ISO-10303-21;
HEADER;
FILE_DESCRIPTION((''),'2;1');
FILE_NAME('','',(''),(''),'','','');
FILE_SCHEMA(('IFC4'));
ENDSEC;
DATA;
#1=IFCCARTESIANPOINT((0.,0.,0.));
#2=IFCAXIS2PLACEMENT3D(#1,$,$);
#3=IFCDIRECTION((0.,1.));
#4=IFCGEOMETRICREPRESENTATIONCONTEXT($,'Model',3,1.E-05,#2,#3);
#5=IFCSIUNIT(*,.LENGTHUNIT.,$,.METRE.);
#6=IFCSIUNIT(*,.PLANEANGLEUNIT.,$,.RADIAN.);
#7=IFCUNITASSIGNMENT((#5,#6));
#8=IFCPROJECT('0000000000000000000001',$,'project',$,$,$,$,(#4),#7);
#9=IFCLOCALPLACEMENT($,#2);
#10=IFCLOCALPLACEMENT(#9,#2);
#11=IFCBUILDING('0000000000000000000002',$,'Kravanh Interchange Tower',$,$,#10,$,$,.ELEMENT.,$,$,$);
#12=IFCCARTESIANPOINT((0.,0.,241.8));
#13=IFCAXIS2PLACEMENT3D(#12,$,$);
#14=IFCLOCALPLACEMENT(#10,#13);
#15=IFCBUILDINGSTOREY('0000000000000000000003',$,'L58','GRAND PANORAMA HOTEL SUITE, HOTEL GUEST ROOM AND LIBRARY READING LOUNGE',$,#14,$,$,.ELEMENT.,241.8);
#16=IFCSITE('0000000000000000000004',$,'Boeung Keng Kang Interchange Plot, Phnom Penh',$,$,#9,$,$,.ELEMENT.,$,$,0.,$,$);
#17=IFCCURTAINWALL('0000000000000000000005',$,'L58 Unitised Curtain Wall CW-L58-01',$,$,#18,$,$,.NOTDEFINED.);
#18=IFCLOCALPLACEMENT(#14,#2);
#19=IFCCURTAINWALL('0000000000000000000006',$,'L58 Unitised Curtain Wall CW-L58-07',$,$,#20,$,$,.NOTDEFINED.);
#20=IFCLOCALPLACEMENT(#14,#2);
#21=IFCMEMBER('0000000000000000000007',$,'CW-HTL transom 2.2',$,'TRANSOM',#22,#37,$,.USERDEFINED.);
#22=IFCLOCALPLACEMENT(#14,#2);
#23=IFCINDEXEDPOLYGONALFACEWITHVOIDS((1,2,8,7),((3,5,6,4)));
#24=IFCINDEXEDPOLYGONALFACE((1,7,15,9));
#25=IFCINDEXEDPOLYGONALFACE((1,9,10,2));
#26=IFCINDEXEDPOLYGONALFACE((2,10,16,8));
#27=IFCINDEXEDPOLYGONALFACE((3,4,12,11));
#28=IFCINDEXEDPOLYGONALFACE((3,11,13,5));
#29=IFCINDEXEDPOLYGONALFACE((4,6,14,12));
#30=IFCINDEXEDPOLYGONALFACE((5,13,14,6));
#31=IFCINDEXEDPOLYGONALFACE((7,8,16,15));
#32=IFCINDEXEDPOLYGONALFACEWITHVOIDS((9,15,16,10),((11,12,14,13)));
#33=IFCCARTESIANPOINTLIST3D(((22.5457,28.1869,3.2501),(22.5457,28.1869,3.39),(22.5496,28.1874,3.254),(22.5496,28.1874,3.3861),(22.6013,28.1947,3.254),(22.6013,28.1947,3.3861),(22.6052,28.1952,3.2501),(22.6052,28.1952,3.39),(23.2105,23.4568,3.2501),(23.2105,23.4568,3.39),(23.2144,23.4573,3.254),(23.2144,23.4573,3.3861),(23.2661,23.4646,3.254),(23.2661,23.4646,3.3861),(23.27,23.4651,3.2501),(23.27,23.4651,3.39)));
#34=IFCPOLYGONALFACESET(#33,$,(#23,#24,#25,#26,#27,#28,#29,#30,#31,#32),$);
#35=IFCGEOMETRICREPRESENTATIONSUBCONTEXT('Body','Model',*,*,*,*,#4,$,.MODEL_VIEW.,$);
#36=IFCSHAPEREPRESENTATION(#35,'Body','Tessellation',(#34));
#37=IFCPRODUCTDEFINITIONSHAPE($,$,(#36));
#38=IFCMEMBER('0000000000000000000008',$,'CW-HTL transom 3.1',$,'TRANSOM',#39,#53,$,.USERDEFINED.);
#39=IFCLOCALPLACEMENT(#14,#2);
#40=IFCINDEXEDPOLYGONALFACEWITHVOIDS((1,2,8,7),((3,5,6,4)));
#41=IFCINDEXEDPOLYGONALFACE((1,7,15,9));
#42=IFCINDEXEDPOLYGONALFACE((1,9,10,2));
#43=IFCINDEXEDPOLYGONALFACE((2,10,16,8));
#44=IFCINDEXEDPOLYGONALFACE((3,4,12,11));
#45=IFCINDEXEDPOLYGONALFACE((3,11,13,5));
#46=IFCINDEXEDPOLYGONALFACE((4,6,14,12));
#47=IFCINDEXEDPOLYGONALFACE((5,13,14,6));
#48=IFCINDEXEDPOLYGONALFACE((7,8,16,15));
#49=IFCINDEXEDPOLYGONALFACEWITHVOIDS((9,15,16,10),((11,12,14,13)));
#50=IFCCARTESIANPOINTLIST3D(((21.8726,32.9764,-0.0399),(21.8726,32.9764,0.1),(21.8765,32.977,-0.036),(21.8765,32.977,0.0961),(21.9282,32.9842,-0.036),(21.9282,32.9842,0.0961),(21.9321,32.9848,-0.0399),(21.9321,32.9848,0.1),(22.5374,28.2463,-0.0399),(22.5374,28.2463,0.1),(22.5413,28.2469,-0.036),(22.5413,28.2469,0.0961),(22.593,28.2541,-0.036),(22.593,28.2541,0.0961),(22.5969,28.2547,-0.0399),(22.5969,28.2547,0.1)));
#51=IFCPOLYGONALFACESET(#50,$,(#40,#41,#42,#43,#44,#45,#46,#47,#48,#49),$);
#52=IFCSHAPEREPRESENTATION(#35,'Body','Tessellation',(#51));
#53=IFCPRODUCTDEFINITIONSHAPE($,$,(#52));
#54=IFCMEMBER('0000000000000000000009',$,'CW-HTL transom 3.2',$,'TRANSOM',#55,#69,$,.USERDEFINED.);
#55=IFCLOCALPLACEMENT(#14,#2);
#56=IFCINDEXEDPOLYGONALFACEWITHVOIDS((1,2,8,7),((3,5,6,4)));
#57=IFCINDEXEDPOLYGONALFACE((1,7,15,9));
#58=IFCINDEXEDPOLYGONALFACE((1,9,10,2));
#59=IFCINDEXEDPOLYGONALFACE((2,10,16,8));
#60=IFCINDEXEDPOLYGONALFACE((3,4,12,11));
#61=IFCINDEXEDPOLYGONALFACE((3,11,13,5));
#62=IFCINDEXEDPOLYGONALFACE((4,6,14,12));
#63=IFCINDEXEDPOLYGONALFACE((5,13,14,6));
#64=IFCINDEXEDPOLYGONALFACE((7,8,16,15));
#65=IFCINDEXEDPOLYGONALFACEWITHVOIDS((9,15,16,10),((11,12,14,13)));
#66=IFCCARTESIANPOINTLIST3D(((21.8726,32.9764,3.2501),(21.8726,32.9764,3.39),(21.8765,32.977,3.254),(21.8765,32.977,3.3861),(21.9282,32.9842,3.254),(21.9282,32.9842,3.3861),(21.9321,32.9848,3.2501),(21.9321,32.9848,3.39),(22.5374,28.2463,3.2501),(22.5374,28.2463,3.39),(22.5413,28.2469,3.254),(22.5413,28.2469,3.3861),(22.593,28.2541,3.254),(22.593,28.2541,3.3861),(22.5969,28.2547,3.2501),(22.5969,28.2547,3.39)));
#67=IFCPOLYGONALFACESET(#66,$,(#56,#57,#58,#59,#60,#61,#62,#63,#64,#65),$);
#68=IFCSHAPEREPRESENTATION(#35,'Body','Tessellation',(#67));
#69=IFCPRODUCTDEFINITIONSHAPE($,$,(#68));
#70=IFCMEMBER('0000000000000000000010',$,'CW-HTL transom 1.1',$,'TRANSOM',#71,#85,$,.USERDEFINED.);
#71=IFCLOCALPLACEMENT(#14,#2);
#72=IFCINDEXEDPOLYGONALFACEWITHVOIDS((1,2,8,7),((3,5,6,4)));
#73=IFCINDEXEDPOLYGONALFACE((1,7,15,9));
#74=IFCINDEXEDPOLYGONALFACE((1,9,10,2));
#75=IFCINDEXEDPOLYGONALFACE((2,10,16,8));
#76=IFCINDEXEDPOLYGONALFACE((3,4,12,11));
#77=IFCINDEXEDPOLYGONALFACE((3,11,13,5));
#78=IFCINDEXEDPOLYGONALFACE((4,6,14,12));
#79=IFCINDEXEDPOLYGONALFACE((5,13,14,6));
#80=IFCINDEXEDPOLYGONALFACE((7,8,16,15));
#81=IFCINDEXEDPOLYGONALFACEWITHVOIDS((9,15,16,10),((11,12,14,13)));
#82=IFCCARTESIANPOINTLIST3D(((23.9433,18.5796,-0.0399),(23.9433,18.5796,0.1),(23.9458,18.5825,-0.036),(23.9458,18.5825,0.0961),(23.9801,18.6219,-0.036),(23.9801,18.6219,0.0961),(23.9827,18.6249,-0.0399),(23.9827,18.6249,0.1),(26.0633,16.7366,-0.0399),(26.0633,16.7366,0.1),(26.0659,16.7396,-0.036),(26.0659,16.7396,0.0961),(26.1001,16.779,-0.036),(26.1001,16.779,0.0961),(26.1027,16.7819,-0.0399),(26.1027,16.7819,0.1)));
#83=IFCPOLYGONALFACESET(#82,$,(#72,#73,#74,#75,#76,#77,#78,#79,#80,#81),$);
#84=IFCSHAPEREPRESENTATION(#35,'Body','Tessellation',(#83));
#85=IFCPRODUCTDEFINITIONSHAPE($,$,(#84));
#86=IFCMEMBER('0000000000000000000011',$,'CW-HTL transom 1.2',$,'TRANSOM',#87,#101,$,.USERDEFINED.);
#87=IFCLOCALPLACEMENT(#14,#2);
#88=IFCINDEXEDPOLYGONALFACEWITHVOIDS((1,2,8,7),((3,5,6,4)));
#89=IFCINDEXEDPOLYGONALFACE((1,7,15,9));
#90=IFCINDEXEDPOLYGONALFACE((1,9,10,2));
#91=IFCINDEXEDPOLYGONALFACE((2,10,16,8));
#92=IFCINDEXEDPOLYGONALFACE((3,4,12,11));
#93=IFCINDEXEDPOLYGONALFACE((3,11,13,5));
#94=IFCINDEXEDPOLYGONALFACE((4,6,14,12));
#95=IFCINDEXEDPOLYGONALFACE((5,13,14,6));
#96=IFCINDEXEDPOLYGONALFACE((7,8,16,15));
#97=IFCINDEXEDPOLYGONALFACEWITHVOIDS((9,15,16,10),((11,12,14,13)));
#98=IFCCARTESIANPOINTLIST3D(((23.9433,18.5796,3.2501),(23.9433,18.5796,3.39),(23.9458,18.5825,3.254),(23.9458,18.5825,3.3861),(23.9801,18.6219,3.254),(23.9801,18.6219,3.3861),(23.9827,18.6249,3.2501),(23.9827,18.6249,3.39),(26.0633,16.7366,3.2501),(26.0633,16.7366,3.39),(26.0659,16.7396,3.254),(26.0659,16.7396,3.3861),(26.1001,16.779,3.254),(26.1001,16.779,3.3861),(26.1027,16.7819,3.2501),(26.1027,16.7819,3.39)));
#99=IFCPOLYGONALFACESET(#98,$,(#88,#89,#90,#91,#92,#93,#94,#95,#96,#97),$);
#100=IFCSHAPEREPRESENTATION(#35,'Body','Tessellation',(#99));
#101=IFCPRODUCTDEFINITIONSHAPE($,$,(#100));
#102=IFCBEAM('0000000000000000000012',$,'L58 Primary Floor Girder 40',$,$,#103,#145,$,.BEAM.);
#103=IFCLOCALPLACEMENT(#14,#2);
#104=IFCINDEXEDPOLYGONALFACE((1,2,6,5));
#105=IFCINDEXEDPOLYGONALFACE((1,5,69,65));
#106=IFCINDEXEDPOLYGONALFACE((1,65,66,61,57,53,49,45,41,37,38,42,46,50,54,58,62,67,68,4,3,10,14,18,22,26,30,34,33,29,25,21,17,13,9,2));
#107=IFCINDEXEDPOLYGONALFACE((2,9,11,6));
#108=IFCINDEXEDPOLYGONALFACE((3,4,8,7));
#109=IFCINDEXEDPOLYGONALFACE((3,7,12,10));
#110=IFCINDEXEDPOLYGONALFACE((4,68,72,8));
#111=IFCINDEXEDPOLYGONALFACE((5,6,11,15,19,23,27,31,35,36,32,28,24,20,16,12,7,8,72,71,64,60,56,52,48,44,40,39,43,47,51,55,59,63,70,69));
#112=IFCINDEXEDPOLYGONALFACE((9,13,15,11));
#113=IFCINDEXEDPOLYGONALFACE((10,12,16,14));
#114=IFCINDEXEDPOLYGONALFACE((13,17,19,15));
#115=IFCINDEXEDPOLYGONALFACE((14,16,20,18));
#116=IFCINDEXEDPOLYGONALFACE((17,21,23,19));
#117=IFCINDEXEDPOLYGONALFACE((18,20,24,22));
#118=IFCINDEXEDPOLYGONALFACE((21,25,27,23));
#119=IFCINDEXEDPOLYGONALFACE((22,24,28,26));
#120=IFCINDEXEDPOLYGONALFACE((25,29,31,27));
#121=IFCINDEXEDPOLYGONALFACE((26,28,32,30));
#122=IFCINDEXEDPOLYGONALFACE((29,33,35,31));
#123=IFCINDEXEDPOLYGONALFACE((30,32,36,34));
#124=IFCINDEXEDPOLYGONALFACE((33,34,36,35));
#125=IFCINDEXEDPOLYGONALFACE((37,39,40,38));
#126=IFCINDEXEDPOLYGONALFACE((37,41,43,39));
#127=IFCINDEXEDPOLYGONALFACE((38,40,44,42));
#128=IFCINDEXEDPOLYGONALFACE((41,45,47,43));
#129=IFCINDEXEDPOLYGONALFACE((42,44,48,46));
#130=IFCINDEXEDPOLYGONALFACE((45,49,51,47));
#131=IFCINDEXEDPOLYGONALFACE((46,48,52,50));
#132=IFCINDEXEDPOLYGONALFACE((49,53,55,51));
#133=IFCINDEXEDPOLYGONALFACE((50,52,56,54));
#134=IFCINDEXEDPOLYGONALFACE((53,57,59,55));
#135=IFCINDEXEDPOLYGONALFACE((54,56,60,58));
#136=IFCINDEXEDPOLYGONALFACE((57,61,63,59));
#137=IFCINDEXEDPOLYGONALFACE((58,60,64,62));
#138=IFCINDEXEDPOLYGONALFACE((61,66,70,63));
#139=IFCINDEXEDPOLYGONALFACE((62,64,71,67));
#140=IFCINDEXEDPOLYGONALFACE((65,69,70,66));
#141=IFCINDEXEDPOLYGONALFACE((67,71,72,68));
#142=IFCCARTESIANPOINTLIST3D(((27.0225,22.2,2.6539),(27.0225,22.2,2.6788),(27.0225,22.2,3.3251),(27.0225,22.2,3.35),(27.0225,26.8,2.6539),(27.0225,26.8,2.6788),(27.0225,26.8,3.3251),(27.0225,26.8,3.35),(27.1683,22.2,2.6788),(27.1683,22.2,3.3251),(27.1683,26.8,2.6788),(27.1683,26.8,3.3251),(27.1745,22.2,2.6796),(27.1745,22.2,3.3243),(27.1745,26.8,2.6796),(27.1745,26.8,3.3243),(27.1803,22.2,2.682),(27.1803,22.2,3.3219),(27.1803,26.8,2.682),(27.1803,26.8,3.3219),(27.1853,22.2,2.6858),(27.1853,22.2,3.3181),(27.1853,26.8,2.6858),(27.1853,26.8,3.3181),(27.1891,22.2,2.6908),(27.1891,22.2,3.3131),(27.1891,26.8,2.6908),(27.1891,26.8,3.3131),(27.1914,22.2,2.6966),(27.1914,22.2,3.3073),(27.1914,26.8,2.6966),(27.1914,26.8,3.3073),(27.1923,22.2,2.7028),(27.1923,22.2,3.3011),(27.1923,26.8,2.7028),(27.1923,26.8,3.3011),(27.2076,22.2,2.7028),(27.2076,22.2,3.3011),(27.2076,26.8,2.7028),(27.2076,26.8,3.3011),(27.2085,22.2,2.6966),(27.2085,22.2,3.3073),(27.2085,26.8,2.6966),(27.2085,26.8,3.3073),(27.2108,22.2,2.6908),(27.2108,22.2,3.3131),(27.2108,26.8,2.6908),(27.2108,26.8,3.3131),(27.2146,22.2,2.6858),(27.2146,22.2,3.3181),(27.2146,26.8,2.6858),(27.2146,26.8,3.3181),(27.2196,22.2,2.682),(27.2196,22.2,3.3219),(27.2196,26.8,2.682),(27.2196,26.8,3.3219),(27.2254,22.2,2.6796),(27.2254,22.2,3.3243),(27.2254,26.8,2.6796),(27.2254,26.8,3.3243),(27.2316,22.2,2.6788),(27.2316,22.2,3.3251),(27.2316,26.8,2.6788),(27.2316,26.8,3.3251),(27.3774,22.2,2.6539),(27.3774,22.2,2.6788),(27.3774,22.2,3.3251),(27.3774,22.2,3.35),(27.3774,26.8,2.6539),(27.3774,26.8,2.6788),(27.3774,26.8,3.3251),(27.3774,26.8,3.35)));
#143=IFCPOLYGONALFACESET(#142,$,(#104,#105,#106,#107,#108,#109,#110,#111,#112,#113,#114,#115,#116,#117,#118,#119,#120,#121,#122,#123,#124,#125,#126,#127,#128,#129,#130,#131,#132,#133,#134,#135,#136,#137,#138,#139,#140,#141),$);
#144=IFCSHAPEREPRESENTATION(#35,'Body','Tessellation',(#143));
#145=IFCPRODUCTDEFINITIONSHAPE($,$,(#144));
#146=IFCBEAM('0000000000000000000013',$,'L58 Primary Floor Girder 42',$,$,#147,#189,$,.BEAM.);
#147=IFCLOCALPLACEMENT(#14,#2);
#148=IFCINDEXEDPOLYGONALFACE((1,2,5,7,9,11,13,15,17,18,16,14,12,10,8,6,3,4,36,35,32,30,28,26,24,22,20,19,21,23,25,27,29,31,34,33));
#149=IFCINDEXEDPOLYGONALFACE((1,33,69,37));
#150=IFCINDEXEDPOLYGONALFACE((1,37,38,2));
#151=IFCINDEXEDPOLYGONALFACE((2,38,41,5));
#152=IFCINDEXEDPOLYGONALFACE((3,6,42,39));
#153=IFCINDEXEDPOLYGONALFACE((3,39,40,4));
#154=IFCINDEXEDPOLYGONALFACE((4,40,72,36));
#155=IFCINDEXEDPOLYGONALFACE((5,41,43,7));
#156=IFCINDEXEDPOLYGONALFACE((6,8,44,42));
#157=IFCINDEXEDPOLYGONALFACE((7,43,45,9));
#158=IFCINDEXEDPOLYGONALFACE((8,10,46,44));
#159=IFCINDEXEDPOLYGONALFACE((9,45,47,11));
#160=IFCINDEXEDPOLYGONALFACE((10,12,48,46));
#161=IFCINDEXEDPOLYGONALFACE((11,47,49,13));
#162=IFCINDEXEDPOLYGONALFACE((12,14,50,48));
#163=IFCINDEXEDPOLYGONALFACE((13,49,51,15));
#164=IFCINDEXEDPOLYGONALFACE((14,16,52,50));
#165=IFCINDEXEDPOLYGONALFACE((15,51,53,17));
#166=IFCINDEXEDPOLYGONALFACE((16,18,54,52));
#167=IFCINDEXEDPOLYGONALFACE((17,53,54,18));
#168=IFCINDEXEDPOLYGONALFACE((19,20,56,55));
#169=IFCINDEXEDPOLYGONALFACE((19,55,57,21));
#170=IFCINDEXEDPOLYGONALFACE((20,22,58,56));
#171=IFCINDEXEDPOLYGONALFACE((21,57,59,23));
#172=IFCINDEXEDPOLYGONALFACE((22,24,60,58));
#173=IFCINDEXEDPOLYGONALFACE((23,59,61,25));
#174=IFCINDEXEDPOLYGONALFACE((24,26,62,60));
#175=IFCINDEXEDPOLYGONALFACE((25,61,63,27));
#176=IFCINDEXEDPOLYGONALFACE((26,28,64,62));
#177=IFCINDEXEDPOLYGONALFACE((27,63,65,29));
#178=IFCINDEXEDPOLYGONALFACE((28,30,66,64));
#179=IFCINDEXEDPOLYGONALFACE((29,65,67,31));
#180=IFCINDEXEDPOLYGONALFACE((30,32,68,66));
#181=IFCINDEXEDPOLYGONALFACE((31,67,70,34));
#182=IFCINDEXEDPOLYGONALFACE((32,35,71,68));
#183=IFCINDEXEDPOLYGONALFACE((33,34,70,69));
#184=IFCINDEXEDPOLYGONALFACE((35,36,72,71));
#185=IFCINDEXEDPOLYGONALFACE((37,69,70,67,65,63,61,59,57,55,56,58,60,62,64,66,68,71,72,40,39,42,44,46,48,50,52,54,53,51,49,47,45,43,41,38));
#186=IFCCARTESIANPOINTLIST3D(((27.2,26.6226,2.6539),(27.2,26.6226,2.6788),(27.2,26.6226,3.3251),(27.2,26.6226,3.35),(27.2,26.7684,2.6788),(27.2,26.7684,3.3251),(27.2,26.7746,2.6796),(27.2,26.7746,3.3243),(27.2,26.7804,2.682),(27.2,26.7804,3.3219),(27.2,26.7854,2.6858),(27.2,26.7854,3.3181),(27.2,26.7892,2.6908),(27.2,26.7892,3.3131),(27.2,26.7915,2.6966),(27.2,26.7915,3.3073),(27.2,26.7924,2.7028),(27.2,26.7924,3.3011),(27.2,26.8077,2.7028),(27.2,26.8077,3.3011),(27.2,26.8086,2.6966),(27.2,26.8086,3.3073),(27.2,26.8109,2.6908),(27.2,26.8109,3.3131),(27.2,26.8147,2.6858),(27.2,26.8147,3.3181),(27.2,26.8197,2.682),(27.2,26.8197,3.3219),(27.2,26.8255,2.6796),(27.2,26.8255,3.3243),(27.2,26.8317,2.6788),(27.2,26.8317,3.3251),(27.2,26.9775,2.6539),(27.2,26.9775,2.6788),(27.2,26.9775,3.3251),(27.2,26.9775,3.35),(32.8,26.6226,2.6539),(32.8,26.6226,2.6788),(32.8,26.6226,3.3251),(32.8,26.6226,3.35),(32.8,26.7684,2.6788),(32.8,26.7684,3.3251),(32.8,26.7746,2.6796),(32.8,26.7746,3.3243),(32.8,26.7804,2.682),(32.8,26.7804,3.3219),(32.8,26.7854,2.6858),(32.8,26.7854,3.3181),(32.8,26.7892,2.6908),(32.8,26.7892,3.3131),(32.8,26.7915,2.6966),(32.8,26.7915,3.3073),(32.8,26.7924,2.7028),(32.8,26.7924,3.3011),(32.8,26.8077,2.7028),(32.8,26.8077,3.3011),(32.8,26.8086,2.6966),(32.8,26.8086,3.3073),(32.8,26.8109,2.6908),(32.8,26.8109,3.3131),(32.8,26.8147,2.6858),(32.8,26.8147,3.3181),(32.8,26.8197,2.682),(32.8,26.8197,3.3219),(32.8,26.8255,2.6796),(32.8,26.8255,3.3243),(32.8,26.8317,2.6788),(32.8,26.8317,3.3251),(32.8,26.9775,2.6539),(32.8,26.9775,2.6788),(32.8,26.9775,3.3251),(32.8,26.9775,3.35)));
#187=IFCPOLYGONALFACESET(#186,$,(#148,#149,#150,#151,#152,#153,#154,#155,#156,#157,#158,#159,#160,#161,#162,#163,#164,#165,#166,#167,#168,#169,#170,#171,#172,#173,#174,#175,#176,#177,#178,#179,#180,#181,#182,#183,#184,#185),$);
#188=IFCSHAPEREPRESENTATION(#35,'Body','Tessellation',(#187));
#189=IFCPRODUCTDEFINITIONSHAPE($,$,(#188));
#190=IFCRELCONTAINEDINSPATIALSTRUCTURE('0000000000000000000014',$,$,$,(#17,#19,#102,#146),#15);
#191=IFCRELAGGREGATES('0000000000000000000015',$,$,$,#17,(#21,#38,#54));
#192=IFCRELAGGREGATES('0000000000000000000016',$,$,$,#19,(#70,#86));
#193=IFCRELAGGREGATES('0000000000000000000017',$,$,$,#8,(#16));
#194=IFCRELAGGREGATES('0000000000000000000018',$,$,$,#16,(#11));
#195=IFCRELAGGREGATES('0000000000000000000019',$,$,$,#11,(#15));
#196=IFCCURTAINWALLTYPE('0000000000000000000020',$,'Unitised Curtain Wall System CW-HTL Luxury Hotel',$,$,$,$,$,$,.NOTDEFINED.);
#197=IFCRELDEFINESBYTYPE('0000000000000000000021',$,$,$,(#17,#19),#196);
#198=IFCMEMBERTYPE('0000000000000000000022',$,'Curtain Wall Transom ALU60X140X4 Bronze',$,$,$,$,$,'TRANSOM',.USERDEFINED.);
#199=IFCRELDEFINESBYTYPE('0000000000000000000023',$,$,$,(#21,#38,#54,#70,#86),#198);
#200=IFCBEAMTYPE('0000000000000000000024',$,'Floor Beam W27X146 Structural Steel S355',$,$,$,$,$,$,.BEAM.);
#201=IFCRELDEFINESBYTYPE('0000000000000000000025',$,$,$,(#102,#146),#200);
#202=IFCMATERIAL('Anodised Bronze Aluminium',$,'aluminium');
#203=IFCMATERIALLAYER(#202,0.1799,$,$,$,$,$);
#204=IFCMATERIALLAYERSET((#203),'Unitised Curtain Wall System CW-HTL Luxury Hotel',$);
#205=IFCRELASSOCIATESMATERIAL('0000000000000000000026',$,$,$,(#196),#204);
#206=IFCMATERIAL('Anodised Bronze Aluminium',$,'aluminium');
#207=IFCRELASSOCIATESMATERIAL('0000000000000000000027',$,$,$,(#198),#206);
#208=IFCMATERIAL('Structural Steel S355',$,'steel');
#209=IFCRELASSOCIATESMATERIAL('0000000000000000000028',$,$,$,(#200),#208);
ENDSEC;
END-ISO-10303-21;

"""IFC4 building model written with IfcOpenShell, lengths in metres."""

from ifc_helpers import new_model, si_unit, direction, frame, origin, origin_2d, place, context, subcontext, project, spatial, hollow_rectangle, i_section, extrude, material, layer, layer_set, material_profile, profile_set, type_object, element, aggregate, save


model = new_model("IFC4")

# Units and contexts
model_context = context("Model", 3, precision=1e-05, world=origin(), true_north=direction((0.0, 1.0)))
body_context = subcontext(model_context, "Body", "Model", "MODEL_VIEW")
ifc_project = project(units=[si_unit("LENGTHUNIT", "METRE"), si_unit("PLANEANGLEUNIT", "RADIAN")], contexts=[model_context])

# Site, building, storey
site_placement = place(None, origin())
site = spatial("IfcSite", under=ifc_project, at=site_placement, Name="Boeung Keng Kang Interchange Plot, Phnom Penh", CompositionType="ELEMENT", RefElevation=0.0)
building_placement = place(site_placement, origin())
building = spatial("IfcBuilding", under=site, at=building_placement, Name="Kravanh Interchange Tower", CompositionType="ELEMENT")
storey_placement = place(building_placement, frame((0.0, 0.0, 241.8)))
storey = spatial("IfcBuildingStorey", under=building, at=storey_placement, Name="L58", Description="GRAND PANORAMA HOTEL SUITE, HOTEL GUEST ROOM AND LIBRARY READING LOUNGE", CompositionType="ELEMENT", Elevation=241.8)

# Curtain wall
ifc_material_1 = material(Name="Anodised Bronze Aluminium", Category="aluminium")
ifc_layer_1 = layer(ifc_material_1, 0.1799)
ifc_layer_set_1 = layer_set([ifc_layer_1], Name="Unitised Curtain Wall System CW-HTL Luxury Hotel")
curtain_wall_type = type_object("IfcCurtainWallType", Name="Unitised Curtain Wall System CW-HTL Luxury Hotel", PredefinedType="NOTDEFINED", material=ifc_layer_set_1)
curtain_wall_1_placement = place(storey_placement, origin())
curtain_wall_1 = element("IfcCurtainWall", 1, at=curtain_wall_1_placement, inside=storey, type_object=curtain_wall_type, Name="L58 Unitised Curtain Wall CW-L58-01", PredefinedType="NOTDEFINED")

# Curtain wall
curtain_wall_2_placement = place(storey_placement, origin())
curtain_wall_2 = element("IfcCurtainWall", 2, at=curtain_wall_2_placement, inside=storey, type_object=curtain_wall_type, Name="L58 Unitised Curtain Wall CW-L58-07", PredefinedType="NOTDEFINED")

# Members
ifc_material_2 = material(Name="Anodised Bronze Aluminium", Category="aluminium")
ifc_material_profile_1 = material_profile(ifc_material_2, hollow_rectangle(XDim=0.0601, YDim=0.1399, WallThickness=0.0039, at=origin_2d()), Name="ALU60X140X4")
ifc_profile_set_1 = profile_set([ifc_material_profile_1], Name="Anodised Bronze Aluminium")
member_type_1 = type_object("IfcMemberType", Name="Curtain Wall Transom ALU60X140X4 Bronze", ElementType="TRANSOM", PredefinedType="USERDEFINED", material=ifc_profile_set_1)
member_1_placement = place(storey_placement, frame((23.2402, 23.4609, 3.3201), z_axis=(-0.139174, 0.990268, 0.0), x_axis=(-0.990268, -0.139174, 0.0)))
member_1 = element("IfcMember", 3, at=member_1_placement, type_object=member_type_1, Name="CW-HTL transom 2.2", ObjectType="TRANSOM", PredefinedType="USERDEFINED", context=body_context, shape_type="SweptSolid", body=[
    extrude(hollow_rectangle(XDim=0.0601, YDim=0.1399, WallThickness=0.0039, at=origin_2d()), origin(), (0.0, 0.0, 1.0), 4.7766),
])
member_2_placement = place(storey_placement, frame((22.5671, 28.2505, 0.03), z_axis=(-0.139174, 0.990268, 0.0), x_axis=(-0.990268, -0.139174, 0.0)))
member_2 = element("IfcMember", 4, at=member_2_placement, type_object=member_type_1, Name="CW-HTL transom 3.1", ObjectType="TRANSOM", PredefinedType="USERDEFINED", context=body_context, shape_type="SweptSolid", body=[
    extrude(hollow_rectangle(XDim=0.0601, YDim=0.1399, WallThickness=0.0039, at=origin_2d()), origin(), (0.0, 0.0, 1.0), 4.7766),
])
member_3_placement = place(storey_placement, frame((22.5671, 28.2505, 3.3201), z_axis=(-0.139174, 0.990268, 0.0), x_axis=(-0.990268, -0.139174, 0.0)))
member_3 = element("IfcMember", 5, at=member_3_placement, type_object=member_type_1, Name="CW-HTL transom 3.2", ObjectType="TRANSOM", PredefinedType="USERDEFINED", context=body_context, shape_type="SweptSolid", body=[
    extrude(hollow_rectangle(XDim=0.0601, YDim=0.1399, WallThickness=0.0039, at=origin_2d()), origin(), (0.0, 0.0, 1.0), 4.7766),
])
member_4_placement = place(storey_placement, frame((26.083, 16.7593, 0.03), z_axis=(-0.754705, 0.656065, 0.0), x_axis=(-0.656065, -0.754705, 0.0)))
member_4 = element("IfcMember", 6, at=member_4_placement, type_object=member_type_1, Name="CW-HTL transom 1.1", ObjectType="TRANSOM", PredefinedType="USERDEFINED", context=body_context, shape_type="SweptSolid", body=[
    extrude(hollow_rectangle(XDim=0.0601, YDim=0.1399, WallThickness=0.0039, at=origin_2d()), origin(), (0.0, 0.0, 1.0), 2.8091),
])
member_5_placement = place(storey_placement, frame((26.083, 16.7593, 3.3201), z_axis=(-0.754705, 0.656065, 0.0), x_axis=(-0.656065, -0.754705, 0.0)))
member_5 = element("IfcMember", 7, at=member_5_placement, type_object=member_type_1, Name="CW-HTL transom 1.2", ObjectType="TRANSOM", PredefinedType="USERDEFINED", context=body_context, shape_type="SweptSolid", body=[
    extrude(hollow_rectangle(XDim=0.0601, YDim=0.1399, WallThickness=0.0039, at=origin_2d()), origin(), (0.0, 0.0, 1.0), 2.8091),
])

# Beams
ifc_material_3 = material(Name="Structural Steel S355", Category="steel")
ifc_material_profile_2 = material_profile(ifc_material_3, i_section(OverallWidth=0.355, OverallDepth=0.696, WebThickness=0.0154, FlangeThickness=0.0249, FilletRadius=0.0239, at=origin_2d()), Name="W27X146")
ifc_profile_set_2 = profile_set([ifc_material_profile_2], Name="Structural Steel S355")
beam_type_1 = type_object("IfcBeamType", Name="Floor Beam W27X146 Structural Steel S355", PredefinedType="BEAM", material=ifc_profile_set_2)
beam_1_placement = place(storey_placement, frame((27.2, 22.2, 3.002), z_axis=(0.0, 1.0, 0.0), x_axis=(-1.0, 0.0, 0.0)))
element("IfcBeam", 8, at=beam_1_placement, inside=storey, type_object=beam_type_1, Name="L58 Primary Floor Girder 40", PredefinedType="BEAM", context=body_context, shape_type="SweptSolid", body=[
    extrude(i_section(OverallWidth=0.355, OverallDepth=0.696, WebThickness=0.0154, FlangeThickness=0.0249, FilletRadius=0.0239, at=origin_2d()), origin(), (0.0, 0.0, 1.0), 4.6001),
])
beam_2_placement = place(storey_placement, frame((27.2, 26.8, 3.002), z_axis=(1.0, 0.0, 0.0), x_axis=(0.0, 1.0, 0.0)))
element("IfcBeam", 9, at=beam_2_placement, inside=storey, type_object=beam_type_1, Name="L58 Primary Floor Girder 42", PredefinedType="BEAM", context=body_context, shape_type="SweptSolid", body=[
    extrude(i_section(OverallWidth=0.355, OverallDepth=0.696, WebThickness=0.0154, FlangeThickness=0.0249, FilletRadius=0.0239, at=origin_2d()), origin(), (0.0, 0.0, 1.0), 5.6001),
])

aggregate(curtain_wall_1, [member_1, member_2, member_3])
aggregate(curtain_wall_2, [member_4, member_5])

save(model, "model.ifc")
